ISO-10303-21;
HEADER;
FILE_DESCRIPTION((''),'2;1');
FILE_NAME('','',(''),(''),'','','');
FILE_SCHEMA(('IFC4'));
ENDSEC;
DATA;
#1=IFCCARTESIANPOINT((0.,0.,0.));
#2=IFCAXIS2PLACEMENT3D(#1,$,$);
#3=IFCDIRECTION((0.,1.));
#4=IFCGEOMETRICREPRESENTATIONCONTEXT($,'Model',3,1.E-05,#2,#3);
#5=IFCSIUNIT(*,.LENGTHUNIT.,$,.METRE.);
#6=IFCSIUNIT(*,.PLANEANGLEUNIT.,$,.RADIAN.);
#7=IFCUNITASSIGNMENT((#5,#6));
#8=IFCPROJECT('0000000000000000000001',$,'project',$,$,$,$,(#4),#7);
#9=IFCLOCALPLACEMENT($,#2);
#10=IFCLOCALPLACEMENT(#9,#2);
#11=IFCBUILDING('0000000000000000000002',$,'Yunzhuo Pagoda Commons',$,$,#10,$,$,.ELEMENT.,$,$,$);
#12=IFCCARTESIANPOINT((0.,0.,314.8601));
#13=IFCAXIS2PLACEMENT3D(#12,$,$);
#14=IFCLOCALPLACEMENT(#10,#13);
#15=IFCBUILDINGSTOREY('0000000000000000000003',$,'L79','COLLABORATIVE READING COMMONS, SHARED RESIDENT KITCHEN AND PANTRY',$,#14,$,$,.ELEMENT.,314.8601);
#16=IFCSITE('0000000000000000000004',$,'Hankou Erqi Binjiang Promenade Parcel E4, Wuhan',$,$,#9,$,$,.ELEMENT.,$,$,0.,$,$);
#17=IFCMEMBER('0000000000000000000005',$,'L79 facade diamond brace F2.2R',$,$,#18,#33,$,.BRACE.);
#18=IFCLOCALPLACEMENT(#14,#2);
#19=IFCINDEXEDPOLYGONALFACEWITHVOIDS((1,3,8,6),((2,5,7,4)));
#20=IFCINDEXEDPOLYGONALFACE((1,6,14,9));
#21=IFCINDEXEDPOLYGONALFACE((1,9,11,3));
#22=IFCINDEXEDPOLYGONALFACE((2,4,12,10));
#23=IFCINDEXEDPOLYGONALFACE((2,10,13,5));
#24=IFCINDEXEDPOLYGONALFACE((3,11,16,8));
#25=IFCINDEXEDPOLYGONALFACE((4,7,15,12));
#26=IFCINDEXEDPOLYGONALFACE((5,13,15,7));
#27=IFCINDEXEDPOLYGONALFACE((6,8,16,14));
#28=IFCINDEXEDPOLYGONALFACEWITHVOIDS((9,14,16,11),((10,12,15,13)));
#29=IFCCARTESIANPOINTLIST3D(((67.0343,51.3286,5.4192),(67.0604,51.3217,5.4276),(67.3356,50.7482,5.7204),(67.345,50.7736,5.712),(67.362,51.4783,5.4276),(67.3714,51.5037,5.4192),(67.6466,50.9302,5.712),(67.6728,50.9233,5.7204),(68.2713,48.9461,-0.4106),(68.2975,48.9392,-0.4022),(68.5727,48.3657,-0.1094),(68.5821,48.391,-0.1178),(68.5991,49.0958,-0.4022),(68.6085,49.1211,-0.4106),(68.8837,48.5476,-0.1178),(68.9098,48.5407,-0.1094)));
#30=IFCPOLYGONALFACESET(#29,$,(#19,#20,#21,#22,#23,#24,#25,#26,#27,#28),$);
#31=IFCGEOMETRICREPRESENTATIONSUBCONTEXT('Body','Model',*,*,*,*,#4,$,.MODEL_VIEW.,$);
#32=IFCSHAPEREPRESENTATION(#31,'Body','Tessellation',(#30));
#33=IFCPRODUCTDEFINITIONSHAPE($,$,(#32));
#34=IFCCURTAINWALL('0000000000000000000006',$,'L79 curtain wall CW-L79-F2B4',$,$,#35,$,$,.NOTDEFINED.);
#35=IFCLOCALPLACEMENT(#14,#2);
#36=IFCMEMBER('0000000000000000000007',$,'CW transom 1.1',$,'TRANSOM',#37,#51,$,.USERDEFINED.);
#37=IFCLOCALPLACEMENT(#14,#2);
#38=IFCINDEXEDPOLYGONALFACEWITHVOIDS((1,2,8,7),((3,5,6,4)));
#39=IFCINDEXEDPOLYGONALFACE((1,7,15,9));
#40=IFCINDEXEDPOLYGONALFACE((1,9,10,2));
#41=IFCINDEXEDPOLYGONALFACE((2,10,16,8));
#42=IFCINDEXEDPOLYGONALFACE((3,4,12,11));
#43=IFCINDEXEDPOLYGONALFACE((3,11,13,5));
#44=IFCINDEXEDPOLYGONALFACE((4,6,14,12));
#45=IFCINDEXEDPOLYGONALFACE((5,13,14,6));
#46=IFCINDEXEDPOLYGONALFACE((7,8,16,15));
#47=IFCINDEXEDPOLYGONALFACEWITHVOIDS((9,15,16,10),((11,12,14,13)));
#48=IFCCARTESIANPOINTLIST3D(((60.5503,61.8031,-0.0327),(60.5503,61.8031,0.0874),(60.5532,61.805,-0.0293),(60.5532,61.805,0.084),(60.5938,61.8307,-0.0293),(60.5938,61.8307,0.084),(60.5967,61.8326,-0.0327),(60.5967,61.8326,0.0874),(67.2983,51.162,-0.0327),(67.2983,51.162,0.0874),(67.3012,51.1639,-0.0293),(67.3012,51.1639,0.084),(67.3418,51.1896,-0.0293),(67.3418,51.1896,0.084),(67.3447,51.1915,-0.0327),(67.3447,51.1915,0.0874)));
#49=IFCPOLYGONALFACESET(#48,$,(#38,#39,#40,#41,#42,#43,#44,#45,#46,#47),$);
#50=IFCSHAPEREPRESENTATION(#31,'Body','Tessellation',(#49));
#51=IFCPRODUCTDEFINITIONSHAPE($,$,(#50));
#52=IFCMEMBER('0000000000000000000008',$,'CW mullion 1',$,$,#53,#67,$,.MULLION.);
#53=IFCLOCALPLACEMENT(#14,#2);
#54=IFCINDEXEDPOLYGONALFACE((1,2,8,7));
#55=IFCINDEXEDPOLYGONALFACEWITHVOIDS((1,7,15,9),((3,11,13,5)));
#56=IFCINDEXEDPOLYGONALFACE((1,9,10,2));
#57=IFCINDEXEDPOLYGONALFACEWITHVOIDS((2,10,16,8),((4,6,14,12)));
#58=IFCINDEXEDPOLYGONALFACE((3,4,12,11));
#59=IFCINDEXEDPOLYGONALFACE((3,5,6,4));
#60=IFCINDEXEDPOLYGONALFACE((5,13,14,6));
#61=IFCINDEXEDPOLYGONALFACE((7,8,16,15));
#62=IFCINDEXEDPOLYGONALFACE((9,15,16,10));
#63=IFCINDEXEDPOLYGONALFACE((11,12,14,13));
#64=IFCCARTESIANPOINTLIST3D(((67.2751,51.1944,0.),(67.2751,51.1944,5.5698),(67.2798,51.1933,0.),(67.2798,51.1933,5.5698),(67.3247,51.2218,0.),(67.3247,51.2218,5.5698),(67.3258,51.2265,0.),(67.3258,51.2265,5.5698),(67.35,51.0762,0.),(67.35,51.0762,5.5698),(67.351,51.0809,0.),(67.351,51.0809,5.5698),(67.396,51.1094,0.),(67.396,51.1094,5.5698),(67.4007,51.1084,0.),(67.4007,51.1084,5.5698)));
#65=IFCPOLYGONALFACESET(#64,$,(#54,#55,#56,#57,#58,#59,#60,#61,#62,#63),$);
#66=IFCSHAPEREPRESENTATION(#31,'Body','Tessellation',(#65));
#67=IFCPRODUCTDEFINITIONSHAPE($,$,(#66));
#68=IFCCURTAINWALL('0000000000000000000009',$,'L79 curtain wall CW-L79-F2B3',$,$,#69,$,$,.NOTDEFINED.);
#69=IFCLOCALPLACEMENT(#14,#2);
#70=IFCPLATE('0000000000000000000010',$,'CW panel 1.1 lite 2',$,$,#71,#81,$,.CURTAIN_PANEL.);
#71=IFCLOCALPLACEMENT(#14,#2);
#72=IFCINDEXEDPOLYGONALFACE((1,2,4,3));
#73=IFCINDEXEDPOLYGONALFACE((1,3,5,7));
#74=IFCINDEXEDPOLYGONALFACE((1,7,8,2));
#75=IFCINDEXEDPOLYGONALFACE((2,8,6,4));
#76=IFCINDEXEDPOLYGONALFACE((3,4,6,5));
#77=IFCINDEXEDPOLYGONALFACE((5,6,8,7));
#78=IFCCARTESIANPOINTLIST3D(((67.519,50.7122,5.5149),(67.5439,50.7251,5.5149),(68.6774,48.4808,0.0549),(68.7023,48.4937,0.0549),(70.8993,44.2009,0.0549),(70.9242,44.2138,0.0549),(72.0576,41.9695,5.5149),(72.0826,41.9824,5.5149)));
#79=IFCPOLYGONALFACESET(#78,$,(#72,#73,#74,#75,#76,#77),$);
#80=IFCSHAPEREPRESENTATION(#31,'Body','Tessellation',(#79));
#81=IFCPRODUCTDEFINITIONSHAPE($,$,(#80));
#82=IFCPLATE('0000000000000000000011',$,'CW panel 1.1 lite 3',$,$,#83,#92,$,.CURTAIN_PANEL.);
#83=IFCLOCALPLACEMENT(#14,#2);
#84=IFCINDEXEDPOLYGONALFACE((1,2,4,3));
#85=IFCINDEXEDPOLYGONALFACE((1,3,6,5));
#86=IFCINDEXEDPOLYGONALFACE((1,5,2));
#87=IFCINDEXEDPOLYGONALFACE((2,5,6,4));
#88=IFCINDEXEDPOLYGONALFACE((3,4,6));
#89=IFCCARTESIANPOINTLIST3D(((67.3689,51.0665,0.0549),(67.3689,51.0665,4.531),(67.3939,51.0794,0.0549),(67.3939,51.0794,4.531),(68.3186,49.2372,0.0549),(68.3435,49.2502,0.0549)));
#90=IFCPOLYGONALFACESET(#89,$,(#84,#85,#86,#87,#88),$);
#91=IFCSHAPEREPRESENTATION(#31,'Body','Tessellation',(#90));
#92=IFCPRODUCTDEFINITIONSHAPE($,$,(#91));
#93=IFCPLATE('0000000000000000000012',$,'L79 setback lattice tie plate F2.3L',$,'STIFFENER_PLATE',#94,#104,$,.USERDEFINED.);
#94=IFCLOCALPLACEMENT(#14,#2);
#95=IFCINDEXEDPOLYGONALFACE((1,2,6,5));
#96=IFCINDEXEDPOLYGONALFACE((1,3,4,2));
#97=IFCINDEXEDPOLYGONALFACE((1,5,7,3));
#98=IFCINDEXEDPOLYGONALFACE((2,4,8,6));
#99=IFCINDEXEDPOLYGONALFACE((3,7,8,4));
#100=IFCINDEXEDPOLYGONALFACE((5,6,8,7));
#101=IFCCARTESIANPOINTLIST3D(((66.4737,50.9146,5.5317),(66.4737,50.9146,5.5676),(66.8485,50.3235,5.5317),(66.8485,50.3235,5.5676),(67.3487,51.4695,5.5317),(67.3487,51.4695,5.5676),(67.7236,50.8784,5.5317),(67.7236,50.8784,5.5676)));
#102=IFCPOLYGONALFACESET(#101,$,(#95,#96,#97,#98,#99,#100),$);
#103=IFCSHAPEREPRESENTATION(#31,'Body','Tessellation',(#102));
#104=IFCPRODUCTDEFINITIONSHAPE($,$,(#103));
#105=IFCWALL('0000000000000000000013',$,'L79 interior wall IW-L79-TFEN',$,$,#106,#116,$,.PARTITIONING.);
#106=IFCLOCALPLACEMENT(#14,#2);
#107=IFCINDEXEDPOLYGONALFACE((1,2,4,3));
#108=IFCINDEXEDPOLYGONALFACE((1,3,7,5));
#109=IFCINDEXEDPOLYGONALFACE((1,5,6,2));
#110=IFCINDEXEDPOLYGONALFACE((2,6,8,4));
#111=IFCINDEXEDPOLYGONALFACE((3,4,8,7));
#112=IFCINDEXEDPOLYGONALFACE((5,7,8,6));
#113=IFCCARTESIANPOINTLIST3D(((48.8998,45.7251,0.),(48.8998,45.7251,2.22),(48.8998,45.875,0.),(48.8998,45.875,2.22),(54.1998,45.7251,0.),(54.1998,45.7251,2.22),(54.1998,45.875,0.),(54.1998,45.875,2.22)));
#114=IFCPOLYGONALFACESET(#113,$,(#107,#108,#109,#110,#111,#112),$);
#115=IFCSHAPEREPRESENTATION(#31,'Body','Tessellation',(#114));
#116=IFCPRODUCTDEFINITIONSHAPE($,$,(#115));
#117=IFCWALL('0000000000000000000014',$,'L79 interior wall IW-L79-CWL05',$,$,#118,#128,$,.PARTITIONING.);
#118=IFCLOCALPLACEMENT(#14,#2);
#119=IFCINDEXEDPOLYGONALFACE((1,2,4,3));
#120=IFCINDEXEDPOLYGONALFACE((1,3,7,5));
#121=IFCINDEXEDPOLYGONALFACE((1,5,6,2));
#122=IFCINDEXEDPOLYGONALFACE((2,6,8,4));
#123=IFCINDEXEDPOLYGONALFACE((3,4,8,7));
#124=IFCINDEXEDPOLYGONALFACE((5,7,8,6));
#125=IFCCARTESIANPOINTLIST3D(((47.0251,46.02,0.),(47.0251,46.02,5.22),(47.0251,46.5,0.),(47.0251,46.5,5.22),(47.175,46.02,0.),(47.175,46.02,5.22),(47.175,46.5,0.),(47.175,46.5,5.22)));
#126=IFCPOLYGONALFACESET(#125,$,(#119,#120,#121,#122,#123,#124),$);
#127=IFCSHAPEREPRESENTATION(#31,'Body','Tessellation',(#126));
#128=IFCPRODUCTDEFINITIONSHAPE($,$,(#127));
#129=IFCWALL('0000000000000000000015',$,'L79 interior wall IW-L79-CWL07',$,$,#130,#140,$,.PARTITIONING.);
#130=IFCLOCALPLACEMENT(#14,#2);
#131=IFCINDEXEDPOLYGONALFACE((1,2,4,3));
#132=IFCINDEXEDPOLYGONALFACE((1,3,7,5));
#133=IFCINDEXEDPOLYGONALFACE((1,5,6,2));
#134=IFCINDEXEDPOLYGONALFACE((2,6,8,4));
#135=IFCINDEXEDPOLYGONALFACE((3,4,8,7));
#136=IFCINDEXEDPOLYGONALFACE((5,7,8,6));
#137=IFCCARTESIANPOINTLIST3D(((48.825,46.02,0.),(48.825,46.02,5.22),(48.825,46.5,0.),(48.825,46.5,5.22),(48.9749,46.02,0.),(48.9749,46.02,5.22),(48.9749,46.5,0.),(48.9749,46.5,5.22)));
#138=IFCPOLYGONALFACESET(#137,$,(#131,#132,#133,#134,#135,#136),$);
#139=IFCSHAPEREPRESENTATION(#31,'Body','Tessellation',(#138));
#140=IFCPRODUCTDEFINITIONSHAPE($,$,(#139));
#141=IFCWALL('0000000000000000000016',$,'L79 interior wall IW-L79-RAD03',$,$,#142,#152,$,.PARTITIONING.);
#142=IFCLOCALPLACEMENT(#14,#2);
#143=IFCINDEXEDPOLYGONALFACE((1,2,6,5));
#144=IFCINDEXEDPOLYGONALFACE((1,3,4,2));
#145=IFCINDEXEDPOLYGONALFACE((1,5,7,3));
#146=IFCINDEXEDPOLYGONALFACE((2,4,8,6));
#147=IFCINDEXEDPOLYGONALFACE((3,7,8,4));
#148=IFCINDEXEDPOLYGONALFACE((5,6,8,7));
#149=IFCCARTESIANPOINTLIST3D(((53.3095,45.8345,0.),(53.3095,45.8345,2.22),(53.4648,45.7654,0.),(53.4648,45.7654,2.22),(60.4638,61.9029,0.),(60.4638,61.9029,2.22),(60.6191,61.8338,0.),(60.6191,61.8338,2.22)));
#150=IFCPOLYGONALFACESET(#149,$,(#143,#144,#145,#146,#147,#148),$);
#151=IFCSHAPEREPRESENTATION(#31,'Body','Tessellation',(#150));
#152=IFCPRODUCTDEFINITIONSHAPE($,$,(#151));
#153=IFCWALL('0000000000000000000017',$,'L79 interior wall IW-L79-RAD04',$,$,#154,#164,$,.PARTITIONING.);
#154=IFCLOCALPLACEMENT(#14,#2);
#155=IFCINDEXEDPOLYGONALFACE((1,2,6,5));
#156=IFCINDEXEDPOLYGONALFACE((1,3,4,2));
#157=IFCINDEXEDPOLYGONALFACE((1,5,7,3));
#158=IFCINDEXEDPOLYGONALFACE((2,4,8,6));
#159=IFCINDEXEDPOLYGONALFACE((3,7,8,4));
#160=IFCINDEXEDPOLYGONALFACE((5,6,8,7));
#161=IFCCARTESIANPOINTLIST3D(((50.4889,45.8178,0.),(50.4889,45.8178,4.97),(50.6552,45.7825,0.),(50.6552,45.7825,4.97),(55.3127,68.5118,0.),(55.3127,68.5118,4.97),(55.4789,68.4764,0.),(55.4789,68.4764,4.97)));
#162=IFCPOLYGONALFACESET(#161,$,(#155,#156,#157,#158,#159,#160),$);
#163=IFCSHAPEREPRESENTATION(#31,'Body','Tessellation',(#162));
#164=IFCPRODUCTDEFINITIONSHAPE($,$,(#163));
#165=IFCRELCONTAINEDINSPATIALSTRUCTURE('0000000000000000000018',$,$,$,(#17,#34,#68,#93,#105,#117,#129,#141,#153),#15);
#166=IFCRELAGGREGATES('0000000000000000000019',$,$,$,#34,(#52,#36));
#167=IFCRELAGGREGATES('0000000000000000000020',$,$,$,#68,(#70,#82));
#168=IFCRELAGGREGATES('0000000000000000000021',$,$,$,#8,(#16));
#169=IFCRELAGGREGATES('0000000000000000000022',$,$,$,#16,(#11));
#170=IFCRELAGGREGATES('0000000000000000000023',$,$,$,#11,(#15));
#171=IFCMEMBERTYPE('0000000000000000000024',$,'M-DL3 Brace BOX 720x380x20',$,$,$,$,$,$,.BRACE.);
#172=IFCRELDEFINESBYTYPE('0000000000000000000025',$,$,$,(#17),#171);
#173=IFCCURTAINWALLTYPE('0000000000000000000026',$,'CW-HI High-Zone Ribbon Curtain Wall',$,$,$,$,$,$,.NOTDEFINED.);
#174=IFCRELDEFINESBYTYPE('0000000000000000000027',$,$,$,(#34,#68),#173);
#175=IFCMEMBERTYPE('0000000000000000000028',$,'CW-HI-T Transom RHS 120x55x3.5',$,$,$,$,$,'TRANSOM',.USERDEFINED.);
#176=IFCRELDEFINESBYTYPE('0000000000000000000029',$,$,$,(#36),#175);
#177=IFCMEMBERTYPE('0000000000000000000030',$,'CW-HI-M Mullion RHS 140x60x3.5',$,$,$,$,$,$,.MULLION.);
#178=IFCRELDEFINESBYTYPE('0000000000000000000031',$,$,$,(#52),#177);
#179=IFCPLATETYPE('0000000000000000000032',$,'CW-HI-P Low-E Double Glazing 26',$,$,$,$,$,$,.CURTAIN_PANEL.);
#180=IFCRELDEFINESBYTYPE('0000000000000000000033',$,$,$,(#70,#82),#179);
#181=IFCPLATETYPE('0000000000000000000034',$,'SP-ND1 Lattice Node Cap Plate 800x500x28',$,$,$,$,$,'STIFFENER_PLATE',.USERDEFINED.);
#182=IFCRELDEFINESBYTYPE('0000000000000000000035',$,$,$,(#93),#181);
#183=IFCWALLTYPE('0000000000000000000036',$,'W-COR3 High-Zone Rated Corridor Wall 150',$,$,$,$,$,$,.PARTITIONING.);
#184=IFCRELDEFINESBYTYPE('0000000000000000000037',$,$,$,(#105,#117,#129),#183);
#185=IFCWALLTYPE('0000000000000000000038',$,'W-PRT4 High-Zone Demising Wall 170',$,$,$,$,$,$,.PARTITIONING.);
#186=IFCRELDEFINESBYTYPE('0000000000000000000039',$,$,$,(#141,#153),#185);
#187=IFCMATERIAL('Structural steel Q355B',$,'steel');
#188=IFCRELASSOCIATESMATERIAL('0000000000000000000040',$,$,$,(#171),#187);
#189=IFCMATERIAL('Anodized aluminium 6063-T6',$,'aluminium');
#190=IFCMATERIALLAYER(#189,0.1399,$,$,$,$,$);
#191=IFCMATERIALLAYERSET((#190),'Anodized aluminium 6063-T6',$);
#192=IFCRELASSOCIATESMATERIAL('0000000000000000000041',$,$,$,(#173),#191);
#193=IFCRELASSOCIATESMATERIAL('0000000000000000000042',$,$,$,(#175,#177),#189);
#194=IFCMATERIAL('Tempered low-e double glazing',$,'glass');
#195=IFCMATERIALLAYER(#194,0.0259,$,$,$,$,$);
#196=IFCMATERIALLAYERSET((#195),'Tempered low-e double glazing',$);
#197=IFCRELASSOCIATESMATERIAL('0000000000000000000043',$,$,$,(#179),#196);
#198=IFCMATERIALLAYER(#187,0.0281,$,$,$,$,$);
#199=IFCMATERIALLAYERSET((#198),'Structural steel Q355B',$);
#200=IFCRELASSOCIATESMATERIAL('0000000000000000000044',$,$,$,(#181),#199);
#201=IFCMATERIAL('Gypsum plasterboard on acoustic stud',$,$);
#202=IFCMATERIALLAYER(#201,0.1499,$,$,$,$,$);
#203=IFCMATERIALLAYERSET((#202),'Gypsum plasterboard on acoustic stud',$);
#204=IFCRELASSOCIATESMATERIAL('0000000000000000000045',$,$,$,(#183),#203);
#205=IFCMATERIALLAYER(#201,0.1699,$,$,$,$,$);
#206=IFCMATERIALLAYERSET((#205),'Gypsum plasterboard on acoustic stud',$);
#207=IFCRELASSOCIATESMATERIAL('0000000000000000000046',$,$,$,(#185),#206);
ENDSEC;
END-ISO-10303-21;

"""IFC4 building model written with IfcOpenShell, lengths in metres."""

from ifc_helpers import new_model, si_unit, direction, frame, frame_2d, origin, origin_2d, place, context, subcontext, project, spatial, polyline, rectangle, hollow_rectangle, outline, extrude, source, transform, mapped, material, layer, layer_set, material_profile, profile_set, type_object, element, aggregate, save


model = new_model("IFC4")

# Units and contexts
model_context = context("Model", 3, precision=1e-05, world=origin(), true_north=direction((0.0, 1.0)))
body_context = subcontext(model_context, "Body", "Model", "MODEL_VIEW")
ifc_project = project(units=[si_unit("LENGTHUNIT", "METRE"), si_unit("PLANEANGLEUNIT", "RADIAN")], contexts=[model_context])

# Site, building, storey
site_placement = place(None, origin())
site = spatial("IfcSite", under=ifc_project, at=site_placement, Name="Hankou Erqi Binjiang Promenade Parcel E4, Wuhan", CompositionType="ELEMENT", RefElevation=0.0)
building_placement = place(site_placement, origin())
building = spatial("IfcBuilding", under=site, at=building_placement, Name="Yunzhuo Pagoda Commons", CompositionType="ELEMENT")
storey_placement = place(building_placement, frame((0.0, 0.0, 314.8601)))
storey = spatial("IfcBuildingStorey", under=building, at=storey_placement, Name="L79", Description="COLLABORATIVE READING COMMONS, SHARED RESIDENT KITCHEN AND PANTRY", CompositionType="ELEMENT", Elevation=314.8601)

# Shared definitions
ifc_material_1 = material(Name="Structural steel Q355B", Category="steel")

# Member
ifc_material_profile_1 = material_profile(ifc_material_1, hollow_rectangle(XDim=0.3799, YDim=0.72, WallThickness=0.02, at=origin_2d()), Name="Structural steel Q355B")
ifc_profile_set_1 = profile_set([ifc_material_profile_1], Name="Structural steel Q355B")
member_type_1 = type_object("IfcMemberType", Name="M-DL3 Brace BOX 720x380x20", PredefinedType="BRACE", material=ifc_profile_set_1)
shared_shape_1 = source(origin(), body_context, "Body", "SweptSolid", [
    extrude(hollow_rectangle(XDim=0.3799, YDim=0.72, WallThickness=0.02, at=origin_2d()), origin(), (0.0, 0.0, 1.0), 6.4182),
])
for number, where, z_axis, x_axis, name in (
    (1, (68.5906, 48.7434, -0.26), (-0.192741, 0.371218, 0.908322), (-0.887503, -0.460803, 0.0), "L79 facade diamond brace F2.2R"),
):
    element("IfcMember", number, at=place(storey_placement, frame(where, z_axis=z_axis, x_axis=x_axis)), inside=storey, type_object=member_type_1, Name=name, PredefinedType="BRACE", context=body_context, shape_type="MappedRepresentation", body=[
        mapped(shared_shape_1, transform((0.0, 0.0, 0.0), scale=1.0)),
    ])

# Curtain wall, members
ifc_material_2 = material(Name="Anodized aluminium 6063-T6", Category="aluminium")
ifc_layer_1 = layer(ifc_material_2, 0.1399)
ifc_layer_set_1 = layer_set([ifc_layer_1], Name="Anodized aluminium 6063-T6")
curtain_wall_type = type_object("IfcCurtainWallType", Name="CW-HI High-Zone Ribbon Curtain Wall", PredefinedType="NOTDEFINED", material=ifc_layer_set_1)
curtain_wall_1_placement = place(storey_placement, origin())
curtain_wall_1 = element("IfcCurtainWall", 2, at=curtain_wall_1_placement, inside=storey, type_object=curtain_wall_type, Name="L79 curtain wall CW-L79-F2B4", PredefinedType="NOTDEFINED")
ifc_material_profile_2 = material_profile(ifc_material_2, hollow_rectangle(XDim=0.0549, YDim=0.1201, WallThickness=0.0034, at=origin_2d()), Name="Anodized aluminium 6063-T6")
ifc_profile_set_2 = profile_set([ifc_material_profile_2], Name="Anodized aluminium 6063-T6")
member_type_2 = type_object("IfcMemberType", Name="CW-HI-T Transom RHS 120x55x3.5", ElementType="TRANSOM", PredefinedType="USERDEFINED", material=ifc_profile_set_2)
shared_shape_2 = source(origin(), body_context, "Body", "SweptSolid", [
    extrude(hollow_rectangle(XDim=0.0549, YDim=0.1201, WallThickness=0.0034, at=origin_2d()), origin(), (0.0, 0.0, 1.0), 12.6003),
])
member_1_placement = place(storey_placement, frame((67.3215, 51.1768, 0.0273), z_axis=(-0.535543, 0.844508, 0.0), x_axis=(-0.844508, -0.535543, 0.0)))
member_1 = element("IfcMember", 3, at=member_1_placement, type_object=member_type_2, Name="CW transom 1.1", ObjectType="TRANSOM", PredefinedType="USERDEFINED", context=body_context, shape_type="MappedRepresentation", body=[
    mapped(shared_shape_2, transform((0.0, 0.0, 0.0), scale=1.0)),
])
ifc_material_profile_3 = material_profile(ifc_material_2, hollow_rectangle(XDim=0.0601, YDim=0.1399, WallThickness=0.0034, at=origin_2d()), Name="Anodized aluminium 6063-T6")
ifc_profile_set_3 = profile_set([ifc_material_profile_3], Name="Anodized aluminium 6063-T6")
member_type_3 = type_object("IfcMemberType", Name="CW-HI-M Mullion RHS 140x60x3.5", PredefinedType="MULLION", material=ifc_profile_set_3)
shared_shape_3 = source(origin(), body_context, "Body", "SweptSolid", [
    extrude(hollow_rectangle(XDim=0.0601, YDim=0.1399, WallThickness=0.0034, at=origin_2d()), origin(), (0.0, 0.0, 1.0), 5.5698),
])
member_2_placement = place(storey_placement, frame((67.3379, 51.1514, 0.0), z_axis=(0.0, 0.0, 1.0), x_axis=(-0.844513, -0.535535, 0.0)))
member_2 = element("IfcMember", 4, at=member_2_placement, type_object=member_type_3, Name="CW mullion 1", PredefinedType="MULLION", context=body_context, shape_type="MappedRepresentation", body=[
    mapped(shared_shape_3, transform((0.0, 0.0, 0.0), scale=1.0)),
])
aggregate(curtain_wall_1, [member_2, member_1])

# Curtain wall, plates
curtain_wall_2_placement = place(storey_placement, origin())
curtain_wall_2 = element("IfcCurtainWall", 5, at=curtain_wall_2_placement, inside=storey, type_object=curtain_wall_type, Name="L79 curtain wall CW-L79-F2B3", PredefinedType="NOTDEFINED")
ifc_material_3 = material(Name="Tempered low-e double glazing", Category="glass")
ifc_layer_2 = layer(ifc_material_3, 0.0259)
ifc_layer_set_2 = layer_set([ifc_layer_2], Name="Tempered low-e double glazing")
plate_type_1 = type_object("IfcPlateType", Name="CW-HI-P Low-E Double Glazing 26", PredefinedType="CURTAIN_PANEL", material=ifc_layer_set_2)
plate_1_placement = place(storey_placement, frame((69.7883, 46.3408, 2.7849), z_axis=(0.887531, 0.460748, 0.0), x_axis=(-0.460748, 0.887531, 0.0)))
plate_1 = element("IfcPlate", 6, at=plate_1_placement, type_object=plate_type_1, Name="CW panel 1.1 lite 2", PredefinedType="CURTAIN_PANEL", context=body_context, shape_type="SweptSolid", body=[
    extrude(outline(polyline([(-4.9253, 2.73), (-2.4111, -2.73), (2.4111, -2.73), (4.9253, 2.73), (-4.9253, 2.73)])), origin(), (0.0, 0.0, 1.0), 0.0281),
])
plate_2_placement = place(storey_placement, frame((67.8438, 50.1519, 2.293), z_axis=(0.887531, 0.460748, 0.0), x_axis=(-0.460748, 0.887531, 0.0)))
plate_2 = element("IfcPlate", 7, at=plate_2_placement, type_object=plate_type_1, Name="CW panel 1.1 lite 3", PredefinedType="CURTAIN_PANEL", context=body_context, shape_type="SweptSolid", body=[
    extrude(outline(polyline([(-1.0305, -2.238), (1.0305, -2.238), (1.0305, 2.238), (-1.0305, -2.238)])), origin(), (0.0, 0.0, 1.0), 0.0281),
])
aggregate(curtain_wall_2, [plate_1, plate_2])

# Plate
ifc_layer_3 = layer(ifc_material_1, 0.0281)
ifc_layer_set_3 = layer_set([ifc_layer_3], Name="Structural steel Q355B")
plate_type_2 = type_object("IfcPlateType", Name="SP-ND1 Lattice Node Cap Plate 800x500x28", ElementType="STIFFENER_PLATE", PredefinedType="USERDEFINED", material=ifc_layer_set_3)
shared_shape_4 = source(origin(), body_context, "Body", "SweptSolid", [
    extrude(rectangle(XDim=0.7, YDim=1.0361, at=origin_2d()), origin(), (0.0, 0.0, 1.0), 0.0359),
])
plate_3_placement = place(storey_placement, frame((67.0986, 50.8965, 5.5317), z_axis=(0.0, 0.0, 1.0), x_axis=(-0.535532, 0.844515, 0.0)))
element("IfcPlate", 8, at=plate_3_placement, inside=storey, type_object=plate_type_2, Name="L79 setback lattice tie plate F2.3L", ObjectType="STIFFENER_PLATE", PredefinedType="USERDEFINED", context=body_context, shape_type="MappedRepresentation", body=[
    mapped(shared_shape_4, transform((0.0, 0.0, 0.0), scale=1.0)),
])

# Walls
ifc_material_4 = material(Name="Gypsum plasterboard on acoustic stud")
ifc_layer_4 = layer(ifc_material_4, 0.1499)
ifc_layer_set_4 = layer_set([ifc_layer_4], Name="Gypsum plasterboard on acoustic stud")
wall_type_1 = type_object("IfcWallType", Name="W-COR3 High-Zone Rated Corridor Wall 150", PredefinedType="PARTITIONING", material=ifc_layer_set_4)
wall_1_placement = place(storey_placement, frame((48.8999, 45.8, 0.0), z_axis=(0.0, 0.0, 1.0), x_axis=(1.0, 0.0, 0.0)))
element("IfcWall", 9, at=wall_1_placement, inside=storey, type_object=wall_type_1, Name="L79 interior wall IW-L79-TFEN", PredefinedType="PARTITIONING", context=body_context, shape_type="SweptSolid", body=[
    extrude(rectangle(XDim=5.3, YDim=0.1499, at=frame_2d((2.6499, 0.0))), origin(), (0.0, 0.0, 1.0), 2.22),
])
wall_2_placement = place(storey_placement, frame((47.1001, 46.02, 0.0), z_axis=(0.0, 0.0, 1.0), x_axis=(0.0, 1.0, 0.0)))
element("IfcWall", 10, at=wall_2_placement, inside=storey, type_object=wall_type_1, Name="L79 interior wall IW-L79-CWL05", PredefinedType="PARTITIONING", context=body_context, shape_type="SweptSolid", body=[
    extrude(rectangle(XDim=0.48, YDim=0.1499, at=frame_2d((0.24, 0.0))), origin(), (0.0, 0.0, 1.0), 5.22),
])

# Walls
wall_3_placement = place(storey_placement, frame((48.8999, 46.5, 0.0), z_axis=(0.0, 0.0, 1.0), x_axis=(0.0, -1.0, 0.0)))
element("IfcWall", 11, at=wall_3_placement, inside=storey, type_object=wall_type_1, Name="L79 interior wall IW-L79-CWL07", PredefinedType="PARTITIONING", context=body_context, shape_type="SweptSolid", body=[
    extrude(rectangle(XDim=0.48, YDim=0.1499, at=frame_2d((0.24, 0.0))), origin(), (0.0, 0.0, 1.0), 5.22),
])
ifc_layer_5 = layer(ifc_material_4, 0.1699)
ifc_layer_set_5 = layer_set([ifc_layer_5], Name="Gypsum plasterboard on acoustic stud")
wall_type_2 = type_object("IfcWallType", Name="W-PRT4 High-Zone Demising Wall 170", PredefinedType="PARTITIONING", material=ifc_layer_set_5)
wall_4_placement = place(storey_placement, frame((53.3872, 45.8, 0.0), z_axis=(0.0, 0.0, 1.0), x_axis=(0.406746, 0.913541, 0.0)))
element("IfcWall", 12, at=wall_4_placement, inside=storey, type_object=wall_type_2, Name="L79 interior wall IW-L79-RAD03", PredefinedType="PARTITIONING", context=body_context, shape_type="SweptSolid", body=[
    extrude(rectangle(XDim=17.5891, YDim=0.1699, at=frame_2d((8.7944, 0.0))), origin(), (0.0, 0.0, 1.0), 2.22),
])
wall_5_placement = place(storey_placement, frame((50.572, 45.8, 0.0), z_axis=(0.0, 0.0, 1.0), x_axis=(0.207912, 0.978148, 0.0)))
element("IfcWall", 13, at=wall_5_placement, inside=storey, type_object=wall_type_2, Name="L79 interior wall IW-L79-RAD04", PredefinedType="PARTITIONING", context=body_context, shape_type="SweptSolid", body=[
    extrude(rectangle(XDim=23.2009, YDim=0.1699, at=frame_2d((11.6006, 0.0))), origin(), (0.0, 0.0, 1.0), 4.97),
])

save(model, "model.ifc")
